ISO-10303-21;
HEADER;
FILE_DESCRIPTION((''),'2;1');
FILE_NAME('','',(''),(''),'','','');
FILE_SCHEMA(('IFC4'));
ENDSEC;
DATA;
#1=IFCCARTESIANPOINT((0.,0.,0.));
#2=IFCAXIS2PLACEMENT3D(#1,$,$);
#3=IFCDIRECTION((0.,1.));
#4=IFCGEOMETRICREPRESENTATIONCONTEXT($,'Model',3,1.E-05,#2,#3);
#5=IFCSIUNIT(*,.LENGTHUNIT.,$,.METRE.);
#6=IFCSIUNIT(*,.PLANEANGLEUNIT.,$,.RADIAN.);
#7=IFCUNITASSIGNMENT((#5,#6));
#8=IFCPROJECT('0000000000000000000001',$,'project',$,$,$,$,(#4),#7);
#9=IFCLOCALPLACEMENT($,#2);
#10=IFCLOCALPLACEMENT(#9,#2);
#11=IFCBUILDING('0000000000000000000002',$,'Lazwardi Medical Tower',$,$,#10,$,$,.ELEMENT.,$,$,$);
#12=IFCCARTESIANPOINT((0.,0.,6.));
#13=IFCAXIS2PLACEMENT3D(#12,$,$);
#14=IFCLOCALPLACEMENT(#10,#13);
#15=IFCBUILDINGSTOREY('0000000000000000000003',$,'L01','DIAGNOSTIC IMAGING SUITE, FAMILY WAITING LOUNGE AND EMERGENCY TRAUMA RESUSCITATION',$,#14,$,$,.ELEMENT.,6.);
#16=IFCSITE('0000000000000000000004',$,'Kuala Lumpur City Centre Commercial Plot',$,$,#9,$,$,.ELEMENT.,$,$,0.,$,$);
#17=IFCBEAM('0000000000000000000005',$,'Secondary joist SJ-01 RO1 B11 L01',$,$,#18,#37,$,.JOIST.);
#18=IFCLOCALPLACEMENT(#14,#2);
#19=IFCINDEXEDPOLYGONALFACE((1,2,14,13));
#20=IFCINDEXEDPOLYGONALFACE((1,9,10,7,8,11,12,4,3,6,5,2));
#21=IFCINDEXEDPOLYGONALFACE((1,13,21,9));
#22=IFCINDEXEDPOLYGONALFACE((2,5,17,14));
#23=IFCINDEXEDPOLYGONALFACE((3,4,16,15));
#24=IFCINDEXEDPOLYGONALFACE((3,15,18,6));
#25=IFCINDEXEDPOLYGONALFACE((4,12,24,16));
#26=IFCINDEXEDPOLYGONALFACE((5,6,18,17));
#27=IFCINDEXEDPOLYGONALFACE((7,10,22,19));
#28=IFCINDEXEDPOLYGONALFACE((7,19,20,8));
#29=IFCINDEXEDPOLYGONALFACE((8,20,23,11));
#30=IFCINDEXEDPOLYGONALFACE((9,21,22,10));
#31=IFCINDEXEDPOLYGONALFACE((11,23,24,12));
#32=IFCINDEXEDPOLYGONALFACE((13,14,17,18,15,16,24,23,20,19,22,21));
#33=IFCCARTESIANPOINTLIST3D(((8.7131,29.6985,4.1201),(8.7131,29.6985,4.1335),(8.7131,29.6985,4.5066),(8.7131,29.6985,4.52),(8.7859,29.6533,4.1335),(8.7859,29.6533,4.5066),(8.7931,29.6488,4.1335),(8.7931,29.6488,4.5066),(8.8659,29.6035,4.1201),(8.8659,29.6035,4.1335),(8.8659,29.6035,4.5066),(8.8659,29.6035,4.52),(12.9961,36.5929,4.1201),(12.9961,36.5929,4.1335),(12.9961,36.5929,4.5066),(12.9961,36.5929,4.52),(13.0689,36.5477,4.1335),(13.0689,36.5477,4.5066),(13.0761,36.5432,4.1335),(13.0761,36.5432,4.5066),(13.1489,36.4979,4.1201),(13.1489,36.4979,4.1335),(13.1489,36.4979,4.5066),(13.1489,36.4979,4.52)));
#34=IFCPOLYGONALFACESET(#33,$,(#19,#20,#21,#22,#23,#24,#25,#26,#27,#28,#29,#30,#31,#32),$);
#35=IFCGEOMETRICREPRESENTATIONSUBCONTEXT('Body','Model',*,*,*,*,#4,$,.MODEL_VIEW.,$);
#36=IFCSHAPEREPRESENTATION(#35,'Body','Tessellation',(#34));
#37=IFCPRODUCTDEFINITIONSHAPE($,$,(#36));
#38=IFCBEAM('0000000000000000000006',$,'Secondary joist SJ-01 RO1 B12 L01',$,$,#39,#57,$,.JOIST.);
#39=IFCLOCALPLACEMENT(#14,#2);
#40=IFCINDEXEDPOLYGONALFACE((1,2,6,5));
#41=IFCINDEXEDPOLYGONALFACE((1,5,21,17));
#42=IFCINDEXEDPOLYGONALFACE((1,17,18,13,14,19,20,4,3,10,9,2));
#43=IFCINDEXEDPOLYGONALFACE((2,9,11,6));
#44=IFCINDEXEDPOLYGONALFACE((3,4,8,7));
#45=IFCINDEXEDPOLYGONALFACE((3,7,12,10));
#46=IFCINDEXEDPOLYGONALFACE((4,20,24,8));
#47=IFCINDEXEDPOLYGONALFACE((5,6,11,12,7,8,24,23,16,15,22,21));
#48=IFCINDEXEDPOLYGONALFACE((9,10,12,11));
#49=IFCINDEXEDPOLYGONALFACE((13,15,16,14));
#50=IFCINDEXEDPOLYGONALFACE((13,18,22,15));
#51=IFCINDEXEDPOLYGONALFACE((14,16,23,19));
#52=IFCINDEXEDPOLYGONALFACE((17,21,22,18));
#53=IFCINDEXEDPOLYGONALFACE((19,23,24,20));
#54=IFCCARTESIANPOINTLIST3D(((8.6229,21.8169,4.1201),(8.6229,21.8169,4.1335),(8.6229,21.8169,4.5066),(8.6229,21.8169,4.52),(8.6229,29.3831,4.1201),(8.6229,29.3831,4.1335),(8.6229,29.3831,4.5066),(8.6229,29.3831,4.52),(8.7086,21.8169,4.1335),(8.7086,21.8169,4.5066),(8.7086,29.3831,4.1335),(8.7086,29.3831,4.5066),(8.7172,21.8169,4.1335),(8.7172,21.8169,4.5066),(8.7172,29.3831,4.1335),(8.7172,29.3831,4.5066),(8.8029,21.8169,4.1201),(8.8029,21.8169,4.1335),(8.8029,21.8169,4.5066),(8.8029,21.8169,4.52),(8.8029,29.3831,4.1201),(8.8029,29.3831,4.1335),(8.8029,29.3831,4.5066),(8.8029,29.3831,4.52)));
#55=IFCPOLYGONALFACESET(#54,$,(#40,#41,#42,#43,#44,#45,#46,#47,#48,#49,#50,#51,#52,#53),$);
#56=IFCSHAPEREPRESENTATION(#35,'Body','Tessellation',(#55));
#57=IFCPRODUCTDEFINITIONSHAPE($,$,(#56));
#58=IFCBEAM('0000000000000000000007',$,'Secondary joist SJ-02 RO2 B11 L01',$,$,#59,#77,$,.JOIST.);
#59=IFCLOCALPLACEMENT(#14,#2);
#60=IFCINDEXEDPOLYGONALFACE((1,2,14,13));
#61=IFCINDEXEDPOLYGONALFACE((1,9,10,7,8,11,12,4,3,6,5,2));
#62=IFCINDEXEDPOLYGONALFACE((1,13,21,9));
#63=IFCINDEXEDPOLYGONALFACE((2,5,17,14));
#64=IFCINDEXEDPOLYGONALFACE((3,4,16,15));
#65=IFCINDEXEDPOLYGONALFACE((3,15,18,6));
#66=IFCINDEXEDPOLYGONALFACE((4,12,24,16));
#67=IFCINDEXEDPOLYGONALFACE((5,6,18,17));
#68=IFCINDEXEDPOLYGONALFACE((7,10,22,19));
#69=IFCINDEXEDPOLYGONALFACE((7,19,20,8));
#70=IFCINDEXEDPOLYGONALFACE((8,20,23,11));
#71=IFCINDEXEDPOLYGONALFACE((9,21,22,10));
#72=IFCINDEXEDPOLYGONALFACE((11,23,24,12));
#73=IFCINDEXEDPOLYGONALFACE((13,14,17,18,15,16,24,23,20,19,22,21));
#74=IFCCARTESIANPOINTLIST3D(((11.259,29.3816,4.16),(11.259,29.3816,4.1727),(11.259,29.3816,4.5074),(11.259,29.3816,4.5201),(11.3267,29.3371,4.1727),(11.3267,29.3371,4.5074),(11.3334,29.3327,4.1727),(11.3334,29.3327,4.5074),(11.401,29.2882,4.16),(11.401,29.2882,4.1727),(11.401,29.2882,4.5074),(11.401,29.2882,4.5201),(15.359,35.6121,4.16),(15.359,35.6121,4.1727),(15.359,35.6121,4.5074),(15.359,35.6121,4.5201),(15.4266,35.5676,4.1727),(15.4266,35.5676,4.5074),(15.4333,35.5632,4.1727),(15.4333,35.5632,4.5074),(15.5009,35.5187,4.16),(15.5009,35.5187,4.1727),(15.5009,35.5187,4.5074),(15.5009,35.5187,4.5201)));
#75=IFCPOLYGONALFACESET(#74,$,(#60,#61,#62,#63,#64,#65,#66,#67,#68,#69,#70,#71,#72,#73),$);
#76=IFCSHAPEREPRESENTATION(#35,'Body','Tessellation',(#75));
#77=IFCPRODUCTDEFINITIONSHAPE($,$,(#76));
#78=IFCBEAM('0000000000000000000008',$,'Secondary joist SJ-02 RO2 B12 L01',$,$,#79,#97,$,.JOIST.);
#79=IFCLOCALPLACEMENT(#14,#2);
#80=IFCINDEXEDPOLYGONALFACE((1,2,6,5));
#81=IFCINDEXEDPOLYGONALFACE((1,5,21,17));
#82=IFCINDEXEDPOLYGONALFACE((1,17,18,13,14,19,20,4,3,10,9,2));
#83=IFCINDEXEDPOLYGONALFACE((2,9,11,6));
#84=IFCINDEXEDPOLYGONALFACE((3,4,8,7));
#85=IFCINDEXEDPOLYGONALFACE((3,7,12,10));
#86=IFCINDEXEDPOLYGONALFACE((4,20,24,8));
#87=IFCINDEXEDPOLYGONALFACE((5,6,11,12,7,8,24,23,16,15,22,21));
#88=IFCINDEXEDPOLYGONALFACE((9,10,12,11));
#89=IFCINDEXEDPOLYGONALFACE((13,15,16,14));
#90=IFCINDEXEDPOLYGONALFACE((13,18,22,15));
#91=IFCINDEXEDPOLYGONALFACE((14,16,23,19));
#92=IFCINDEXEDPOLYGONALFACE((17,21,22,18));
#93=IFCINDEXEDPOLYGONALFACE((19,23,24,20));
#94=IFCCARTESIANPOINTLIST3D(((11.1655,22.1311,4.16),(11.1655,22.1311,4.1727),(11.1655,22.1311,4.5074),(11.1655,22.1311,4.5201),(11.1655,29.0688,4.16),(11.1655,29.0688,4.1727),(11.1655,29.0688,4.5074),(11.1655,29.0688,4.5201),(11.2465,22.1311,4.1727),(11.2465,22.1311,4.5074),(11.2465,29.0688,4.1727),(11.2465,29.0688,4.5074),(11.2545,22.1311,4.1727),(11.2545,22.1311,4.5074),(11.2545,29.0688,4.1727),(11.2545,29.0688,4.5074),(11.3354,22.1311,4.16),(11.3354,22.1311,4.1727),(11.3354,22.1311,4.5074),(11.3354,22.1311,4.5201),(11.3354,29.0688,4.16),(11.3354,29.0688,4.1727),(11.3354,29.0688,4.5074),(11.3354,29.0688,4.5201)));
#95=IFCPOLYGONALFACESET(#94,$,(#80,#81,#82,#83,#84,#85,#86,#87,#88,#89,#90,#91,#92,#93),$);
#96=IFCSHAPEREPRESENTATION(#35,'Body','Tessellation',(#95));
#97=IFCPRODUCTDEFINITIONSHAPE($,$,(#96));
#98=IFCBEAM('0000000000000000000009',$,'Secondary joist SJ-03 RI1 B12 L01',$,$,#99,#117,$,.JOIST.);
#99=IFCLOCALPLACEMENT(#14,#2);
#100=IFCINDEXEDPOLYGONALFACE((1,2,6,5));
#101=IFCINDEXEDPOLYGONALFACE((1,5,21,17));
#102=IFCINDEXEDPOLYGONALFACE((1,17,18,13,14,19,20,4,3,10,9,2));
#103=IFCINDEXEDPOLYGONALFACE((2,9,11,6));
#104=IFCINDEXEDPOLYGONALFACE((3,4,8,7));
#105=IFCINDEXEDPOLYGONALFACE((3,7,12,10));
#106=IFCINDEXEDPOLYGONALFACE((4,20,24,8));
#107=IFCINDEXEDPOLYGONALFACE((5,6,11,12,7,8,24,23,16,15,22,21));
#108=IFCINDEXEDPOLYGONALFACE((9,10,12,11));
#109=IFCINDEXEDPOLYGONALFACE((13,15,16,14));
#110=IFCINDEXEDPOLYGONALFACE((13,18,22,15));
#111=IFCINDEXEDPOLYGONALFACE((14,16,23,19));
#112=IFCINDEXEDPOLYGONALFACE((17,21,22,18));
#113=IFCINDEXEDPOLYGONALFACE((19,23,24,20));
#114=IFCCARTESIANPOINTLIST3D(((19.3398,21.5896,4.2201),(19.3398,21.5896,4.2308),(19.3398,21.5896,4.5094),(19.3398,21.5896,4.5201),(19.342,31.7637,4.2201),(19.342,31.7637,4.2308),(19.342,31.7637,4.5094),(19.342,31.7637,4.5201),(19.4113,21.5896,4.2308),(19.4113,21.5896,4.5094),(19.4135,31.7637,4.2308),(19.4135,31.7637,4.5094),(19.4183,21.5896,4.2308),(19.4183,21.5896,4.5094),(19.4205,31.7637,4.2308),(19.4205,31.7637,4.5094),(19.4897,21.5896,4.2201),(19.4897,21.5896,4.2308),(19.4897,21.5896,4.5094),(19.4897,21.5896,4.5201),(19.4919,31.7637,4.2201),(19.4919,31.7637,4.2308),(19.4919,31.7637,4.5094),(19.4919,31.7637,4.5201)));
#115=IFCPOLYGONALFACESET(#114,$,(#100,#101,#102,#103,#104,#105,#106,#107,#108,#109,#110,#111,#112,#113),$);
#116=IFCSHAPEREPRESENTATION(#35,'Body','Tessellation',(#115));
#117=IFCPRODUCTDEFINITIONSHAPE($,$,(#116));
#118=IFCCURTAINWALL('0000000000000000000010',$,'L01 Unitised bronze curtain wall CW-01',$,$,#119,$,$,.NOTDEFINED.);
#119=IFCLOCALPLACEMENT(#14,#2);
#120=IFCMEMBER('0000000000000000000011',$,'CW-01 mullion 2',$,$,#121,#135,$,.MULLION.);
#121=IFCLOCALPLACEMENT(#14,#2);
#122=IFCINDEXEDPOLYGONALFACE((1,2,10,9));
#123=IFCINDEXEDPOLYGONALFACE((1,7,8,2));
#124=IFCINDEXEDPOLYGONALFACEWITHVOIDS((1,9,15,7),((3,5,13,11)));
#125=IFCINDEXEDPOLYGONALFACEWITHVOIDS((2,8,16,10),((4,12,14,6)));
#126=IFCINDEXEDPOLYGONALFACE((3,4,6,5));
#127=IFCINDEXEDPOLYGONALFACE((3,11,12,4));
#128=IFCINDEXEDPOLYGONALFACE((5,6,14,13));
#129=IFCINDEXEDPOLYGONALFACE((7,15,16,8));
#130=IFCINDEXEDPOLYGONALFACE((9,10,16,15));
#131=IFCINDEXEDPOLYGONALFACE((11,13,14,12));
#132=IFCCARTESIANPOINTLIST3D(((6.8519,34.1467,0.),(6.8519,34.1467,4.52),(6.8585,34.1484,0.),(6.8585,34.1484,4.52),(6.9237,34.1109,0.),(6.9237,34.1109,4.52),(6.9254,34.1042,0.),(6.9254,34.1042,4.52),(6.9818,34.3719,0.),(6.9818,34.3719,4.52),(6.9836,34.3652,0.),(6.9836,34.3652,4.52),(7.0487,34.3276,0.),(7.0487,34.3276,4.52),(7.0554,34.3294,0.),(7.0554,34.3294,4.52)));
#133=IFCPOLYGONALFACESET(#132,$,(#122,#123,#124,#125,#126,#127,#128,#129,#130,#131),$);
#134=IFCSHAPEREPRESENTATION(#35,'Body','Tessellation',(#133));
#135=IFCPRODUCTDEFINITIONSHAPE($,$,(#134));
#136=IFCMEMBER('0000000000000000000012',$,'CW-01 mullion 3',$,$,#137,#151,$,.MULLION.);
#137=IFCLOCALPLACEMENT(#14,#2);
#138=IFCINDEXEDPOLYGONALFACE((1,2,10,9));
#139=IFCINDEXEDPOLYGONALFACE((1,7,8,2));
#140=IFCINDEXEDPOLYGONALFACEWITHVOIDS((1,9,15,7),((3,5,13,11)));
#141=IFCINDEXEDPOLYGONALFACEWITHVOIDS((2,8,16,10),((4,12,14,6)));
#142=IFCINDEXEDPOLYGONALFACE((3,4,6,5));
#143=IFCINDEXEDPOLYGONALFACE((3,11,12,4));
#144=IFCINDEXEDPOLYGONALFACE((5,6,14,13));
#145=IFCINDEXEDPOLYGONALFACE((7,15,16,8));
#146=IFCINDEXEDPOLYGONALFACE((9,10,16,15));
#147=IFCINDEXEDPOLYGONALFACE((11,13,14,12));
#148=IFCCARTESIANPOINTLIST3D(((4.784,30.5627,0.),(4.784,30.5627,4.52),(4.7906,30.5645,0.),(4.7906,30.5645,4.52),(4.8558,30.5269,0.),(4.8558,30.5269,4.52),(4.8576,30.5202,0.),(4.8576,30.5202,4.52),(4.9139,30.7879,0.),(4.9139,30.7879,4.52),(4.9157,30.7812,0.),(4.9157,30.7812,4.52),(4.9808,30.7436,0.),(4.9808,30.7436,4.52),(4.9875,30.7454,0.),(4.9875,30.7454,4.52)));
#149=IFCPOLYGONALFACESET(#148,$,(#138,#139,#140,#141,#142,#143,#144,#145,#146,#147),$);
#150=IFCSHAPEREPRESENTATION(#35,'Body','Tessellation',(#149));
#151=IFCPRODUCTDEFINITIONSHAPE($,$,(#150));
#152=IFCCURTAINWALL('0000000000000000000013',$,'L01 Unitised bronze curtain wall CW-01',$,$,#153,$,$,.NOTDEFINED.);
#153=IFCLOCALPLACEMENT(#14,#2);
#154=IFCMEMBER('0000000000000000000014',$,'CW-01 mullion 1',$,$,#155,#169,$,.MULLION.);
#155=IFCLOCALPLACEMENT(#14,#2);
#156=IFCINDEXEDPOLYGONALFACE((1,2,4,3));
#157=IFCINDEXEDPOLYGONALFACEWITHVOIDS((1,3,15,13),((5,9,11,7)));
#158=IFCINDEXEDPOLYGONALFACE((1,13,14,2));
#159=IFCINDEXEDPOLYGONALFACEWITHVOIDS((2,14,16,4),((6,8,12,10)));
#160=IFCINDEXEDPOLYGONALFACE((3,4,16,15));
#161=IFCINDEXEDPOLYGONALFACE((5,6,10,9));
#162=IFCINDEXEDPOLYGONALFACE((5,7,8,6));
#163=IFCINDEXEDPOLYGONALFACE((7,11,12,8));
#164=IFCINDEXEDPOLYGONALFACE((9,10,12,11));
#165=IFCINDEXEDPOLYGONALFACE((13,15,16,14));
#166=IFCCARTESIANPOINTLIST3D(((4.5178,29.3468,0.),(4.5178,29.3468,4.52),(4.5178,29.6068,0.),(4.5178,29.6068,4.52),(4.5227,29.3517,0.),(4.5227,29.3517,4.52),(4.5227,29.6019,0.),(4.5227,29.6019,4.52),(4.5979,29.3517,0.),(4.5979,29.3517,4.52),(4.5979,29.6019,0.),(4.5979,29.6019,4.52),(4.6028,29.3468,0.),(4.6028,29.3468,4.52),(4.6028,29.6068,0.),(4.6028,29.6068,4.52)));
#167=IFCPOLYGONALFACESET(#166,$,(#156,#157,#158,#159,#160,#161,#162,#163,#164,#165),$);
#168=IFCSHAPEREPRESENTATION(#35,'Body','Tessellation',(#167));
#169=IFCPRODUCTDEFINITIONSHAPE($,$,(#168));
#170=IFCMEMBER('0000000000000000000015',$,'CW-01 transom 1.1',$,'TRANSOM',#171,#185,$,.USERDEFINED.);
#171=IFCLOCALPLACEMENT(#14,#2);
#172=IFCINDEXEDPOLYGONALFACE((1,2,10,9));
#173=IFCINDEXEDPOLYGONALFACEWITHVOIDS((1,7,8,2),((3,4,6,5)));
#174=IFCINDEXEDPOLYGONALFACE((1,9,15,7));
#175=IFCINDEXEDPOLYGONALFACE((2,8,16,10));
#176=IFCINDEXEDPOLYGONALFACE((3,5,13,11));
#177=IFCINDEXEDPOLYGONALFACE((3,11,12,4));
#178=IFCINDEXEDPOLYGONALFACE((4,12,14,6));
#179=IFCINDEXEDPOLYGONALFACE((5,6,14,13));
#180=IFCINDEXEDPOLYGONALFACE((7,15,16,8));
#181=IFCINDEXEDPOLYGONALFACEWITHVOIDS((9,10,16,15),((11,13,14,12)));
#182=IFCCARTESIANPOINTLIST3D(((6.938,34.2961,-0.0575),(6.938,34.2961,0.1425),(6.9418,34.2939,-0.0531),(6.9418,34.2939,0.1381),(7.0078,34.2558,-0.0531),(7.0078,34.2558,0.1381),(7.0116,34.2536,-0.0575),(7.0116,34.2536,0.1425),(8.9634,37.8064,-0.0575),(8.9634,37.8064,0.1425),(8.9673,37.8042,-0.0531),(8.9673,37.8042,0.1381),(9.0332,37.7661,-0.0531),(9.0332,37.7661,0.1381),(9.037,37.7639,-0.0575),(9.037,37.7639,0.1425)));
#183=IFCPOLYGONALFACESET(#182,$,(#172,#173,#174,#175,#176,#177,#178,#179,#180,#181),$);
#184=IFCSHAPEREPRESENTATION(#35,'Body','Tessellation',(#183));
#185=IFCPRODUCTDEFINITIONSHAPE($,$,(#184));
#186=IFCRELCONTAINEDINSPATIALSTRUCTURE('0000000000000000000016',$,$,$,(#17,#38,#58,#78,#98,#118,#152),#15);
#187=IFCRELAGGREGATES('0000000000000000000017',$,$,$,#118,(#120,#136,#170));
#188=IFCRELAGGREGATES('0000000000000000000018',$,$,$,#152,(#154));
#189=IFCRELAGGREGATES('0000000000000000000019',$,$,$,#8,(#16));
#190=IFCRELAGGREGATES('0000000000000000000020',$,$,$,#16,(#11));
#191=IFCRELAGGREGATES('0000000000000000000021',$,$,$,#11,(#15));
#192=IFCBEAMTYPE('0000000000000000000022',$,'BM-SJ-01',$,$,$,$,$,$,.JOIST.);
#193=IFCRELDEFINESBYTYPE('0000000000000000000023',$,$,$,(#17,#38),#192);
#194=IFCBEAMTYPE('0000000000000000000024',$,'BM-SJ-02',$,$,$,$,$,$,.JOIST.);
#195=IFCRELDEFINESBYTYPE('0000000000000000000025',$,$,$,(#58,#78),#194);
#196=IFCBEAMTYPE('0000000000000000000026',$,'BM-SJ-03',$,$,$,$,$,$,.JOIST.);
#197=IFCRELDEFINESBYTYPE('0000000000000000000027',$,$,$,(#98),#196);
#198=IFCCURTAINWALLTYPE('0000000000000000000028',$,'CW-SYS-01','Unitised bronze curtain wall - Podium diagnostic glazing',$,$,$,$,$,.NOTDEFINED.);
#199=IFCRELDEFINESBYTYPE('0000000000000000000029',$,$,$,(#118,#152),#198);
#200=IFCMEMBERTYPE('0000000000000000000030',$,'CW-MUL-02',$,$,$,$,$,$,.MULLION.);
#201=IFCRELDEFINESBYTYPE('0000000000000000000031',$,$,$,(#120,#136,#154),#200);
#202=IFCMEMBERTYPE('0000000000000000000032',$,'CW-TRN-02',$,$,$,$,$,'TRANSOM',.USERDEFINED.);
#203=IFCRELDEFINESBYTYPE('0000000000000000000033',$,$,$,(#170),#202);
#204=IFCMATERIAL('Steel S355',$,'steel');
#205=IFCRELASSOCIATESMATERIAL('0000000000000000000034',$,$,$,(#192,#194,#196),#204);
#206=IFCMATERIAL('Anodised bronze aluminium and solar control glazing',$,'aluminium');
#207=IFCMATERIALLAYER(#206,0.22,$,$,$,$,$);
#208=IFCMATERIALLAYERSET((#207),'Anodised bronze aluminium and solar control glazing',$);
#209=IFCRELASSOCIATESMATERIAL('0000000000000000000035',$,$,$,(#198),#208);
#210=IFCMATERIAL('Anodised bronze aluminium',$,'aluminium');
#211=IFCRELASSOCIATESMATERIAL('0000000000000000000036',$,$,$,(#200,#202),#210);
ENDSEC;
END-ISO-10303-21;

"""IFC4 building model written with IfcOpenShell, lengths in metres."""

from ifc_helpers import new_model, si_unit, direction, frame, origin, origin_2d, place, context, subcontext, project, spatial, hollow_rectangle, i_section, extrude, material, layer, layer_set, material_profile, profile_set, type_object, element, aggregate, save


model = new_model("IFC4")

# Units and contexts
model_context = context("Model", 3, precision=1e-05, world=origin(), true_north=direction((0.0, 1.0)))
body_context = subcontext(model_context, "Body", "Model", "MODEL_VIEW")
ifc_project = project(units=[si_unit("LENGTHUNIT", "METRE"), si_unit("PLANEANGLEUNIT", "RADIAN")], contexts=[model_context])

# Site, building, storey
site_placement = place(None, origin())
site = spatial("IfcSite", under=ifc_project, at=site_placement, Name="Kuala Lumpur City Centre Commercial Plot", CompositionType="ELEMENT", RefElevation=0.0)
building_placement = place(site_placement, origin())
building = spatial("IfcBuilding", under=site, at=building_placement, Name="Lazwardi Medical Tower", CompositionType="ELEMENT")
storey_placement = place(building_placement, frame((0.0, 0.0, 6.0)))
storey = spatial("IfcBuildingStorey", under=building, at=storey_placement, Name="L01", Description="DIAGNOSTIC IMAGING SUITE, FAMILY WAITING LOUNGE AND EMERGENCY TRAUMA RESUSCITATION", CompositionType="ELEMENT", Elevation=6.0)

# Beams
ifc_material_1 = material(Name="Steel S355", Category="steel")
ifc_material_profile_1 = material_profile(ifc_material_1, i_section(OverallWidth=0.1799, OverallDepth=0.3999, WebThickness=0.0085, FlangeThickness=0.0134, at=origin_2d()), Name="IPE 400")
ifc_profile_set_1 = profile_set([ifc_material_profile_1], Name="Steel S355")
beam_type_1 = type_object("IfcBeamType", Name="BM-SJ-01", PredefinedType="JOIST", material=ifc_profile_set_1)
beam_1_placement = place(storey_placement, frame((13.0725, 36.5454, 4.3201), z_axis=(-0.527696, -0.849433, 0.0), x_axis=(0.849433, -0.527696, 0.0)))
element("IfcBeam", 1, at=beam_1_placement, inside=storey, type_object=beam_type_1, Name="Secondary joist SJ-01 RO1 B11 L01", PredefinedType="JOIST", context=body_context, shape_type="SweptSolid", body=[
    extrude(i_section(OverallWidth=0.1799, OverallDepth=0.3999, WebThickness=0.0085, FlangeThickness=0.0134, at=origin_2d()), origin(), (0.0, 0.0, 1.0), 8.1165),
])
beam_2_placement = place(storey_placement, frame((8.7129, 29.3831, 4.3201), z_axis=(0.0, -1.0, 0.0), x_axis=(1.0, 0.0, 0.0)))
element("IfcBeam", 2, at=beam_2_placement, inside=storey, type_object=beam_type_1, Name="Secondary joist SJ-01 RO1 B12 L01", PredefinedType="JOIST", context=body_context, shape_type="SweptSolid", body=[
    extrude(i_section(OverallWidth=0.1799, OverallDepth=0.3999, WebThickness=0.0085, FlangeThickness=0.0134, at=origin_2d()), origin(), (0.0, 0.0, 1.0), 7.5662),
])
ifc_material_profile_2 = material_profile(ifc_material_1, i_section(OverallWidth=0.1699, OverallDepth=0.3601, WebThickness=0.0081, FlangeThickness=0.0127, at=origin_2d()), Name="IPE 360")
ifc_profile_set_2 = profile_set([ifc_material_profile_2], Name="Steel S355")
beam_type_2 = type_object("IfcBeamType", Name="BM-SJ-02", PredefinedType="JOIST", material=ifc_profile_set_2)
beam_3_placement = place(storey_placement, frame((15.4299, 35.5654, 4.3401), z_axis=(-0.549697, -0.835364, 0.0), x_axis=(0.835364, -0.549697, 0.0)))
element("IfcBeam", 3, at=beam_3_placement, inside=storey, type_object=beam_type_2, Name="Secondary joist SJ-02 RO2 B11 L01", PredefinedType="JOIST", context=body_context, shape_type="SweptSolid", body=[
    extrude(i_section(OverallWidth=0.1699, OverallDepth=0.3601, WebThickness=0.0081, FlangeThickness=0.0127, at=origin_2d()), origin(), (0.0, 0.0, 1.0), 7.4585),
])
beam_4_placement = place(storey_placement, frame((11.2505, 29.0688, 4.3401), z_axis=(0.0, -1.0, 0.0), x_axis=(1.0, 0.0, 0.0)))
element("IfcBeam", 4, at=beam_4_placement, inside=storey, type_object=beam_type_2, Name="Secondary joist SJ-02 RO2 B12 L01", PredefinedType="JOIST", context=body_context, shape_type="SweptSolid", body=[
    extrude(i_section(OverallWidth=0.1699, OverallDepth=0.3601, WebThickness=0.0081, FlangeThickness=0.0127, at=origin_2d()), origin(), (0.0, 0.0, 1.0), 6.9377),
])
ifc_material_profile_3 = material_profile(ifc_material_1, i_section(OverallWidth=0.1499, OverallDepth=0.3, WebThickness=0.0071, FlangeThickness=0.0107, at=origin_2d()), Name="IPE 300")
ifc_profile_set_3 = profile_set([ifc_material_profile_3], Name="Steel S355")
beam_type_3 = type_object("IfcBeamType", Name="BM-SJ-03", PredefinedType="JOIST", material=ifc_profile_set_3)
beam_5_placement = place(storey_placement, frame((19.417, 31.7637, 4.3701), z_axis=(-0.000216, -1.0, 0.0), x_axis=(1.0, -0.000216, 0.0)))
element("IfcBeam", 5, at=beam_5_placement, inside=storey, type_object=beam_type_3, Name="Secondary joist SJ-03 RI1 B12 L01", PredefinedType="JOIST", context=body_context, shape_type="SweptSolid", body=[
    extrude(i_section(OverallWidth=0.1499, OverallDepth=0.3, WebThickness=0.0071, FlangeThickness=0.0107, at=origin_2d()), origin(), (0.0, 0.0, 1.0), 10.1741),
])

# Curtain wall, members
ifc_material_2 = material(Name="Anodised bronze aluminium and solar control glazing", Category="aluminium")
ifc_layer_1 = layer(ifc_material_2, 0.22)
ifc_layer_set_1 = layer_set([ifc_layer_1], Name="Anodised bronze aluminium and solar control glazing")
curtain_wall_type = type_object("IfcCurtainWallType", Name="CW-SYS-01", Description="Unitised bronze curtain wall - Podium diagnostic glazing", PredefinedType="NOTDEFINED", material=ifc_layer_set_1)
curtain_wall_1_placement = place(storey_placement, origin())
curtain_wall_1 = element("IfcCurtainWall", 6, at=curtain_wall_1_placement, inside=storey, type_object=curtain_wall_type, Name="L01 Unitised bronze curtain wall CW-01", PredefinedType="NOTDEFINED")
ifc_material_3 = material(Name="Anodised bronze aluminium", Category="aluminium")
ifc_material_profile_4 = material_profile(ifc_material_3, hollow_rectangle(XDim=0.085, YDim=0.26, WallThickness=0.0049, at=origin_2d()), Name="ALU-MULLION 260x85x5")
ifc_profile_set_4 = profile_set([ifc_material_profile_4], Name="Anodised bronze aluminium")
member_type_1 = type_object("IfcMemberType", Name="CW-MUL-02", PredefinedType="MULLION", material=ifc_profile_set_4)
member_1_placement = place(storey_placement, frame((6.9536, 34.238, 0.0), z_axis=(0.0, 0.0, 1.0), x_axis=(0.866181, -0.499731, 0.0)))
member_1 = element("IfcMember", 7, at=member_1_placement, type_object=member_type_1, Name="CW-01 mullion 2", PredefinedType="MULLION", context=body_context, shape_type="SweptSolid", body=[
    extrude(hollow_rectangle(XDim=0.085, YDim=0.26, WallThickness=0.0049, at=origin_2d()), origin(), (0.0, 0.0, 1.0), 4.52),
])
member_2_placement = place(storey_placement, frame((4.8857, 30.6541, 0.0), z_axis=(0.0, 0.0, 1.0), x_axis=(0.866181, -0.499731, 0.0)))
member_2 = element("IfcMember", 8, at=member_2_placement, type_object=member_type_1, Name="CW-01 mullion 3", PredefinedType="MULLION", context=body_context, shape_type="SweptSolid", body=[
    extrude(hollow_rectangle(XDim=0.085, YDim=0.26, WallThickness=0.0049, at=origin_2d()), origin(), (0.0, 0.0, 1.0), 4.52),
])

# Curtain wall, member
curtain_wall_2_placement = place(storey_placement, origin())
curtain_wall_2 = element("IfcCurtainWall", 9, at=curtain_wall_2_placement, inside=storey, type_object=curtain_wall_type, Name="L01 Unitised bronze curtain wall CW-01", PredefinedType="NOTDEFINED")
member_3_placement = place(storey_placement, frame((4.5603, 29.4768, 0.0), z_axis=(0.0, 0.0, 1.0), x_axis=(1.0, 0.0, 0.0)))
member_3 = element("IfcMember", 10, at=member_3_placement, type_object=member_type_1, Name="CW-01 mullion 1", PredefinedType="MULLION", context=body_context, shape_type="SweptSolid", body=[
    extrude(hollow_rectangle(XDim=0.085, YDim=0.26, WallThickness=0.0049, at=origin_2d()), origin(), (0.0, 0.0, 1.0), 4.52),
])

# Member
ifc_material_profile_5 = material_profile(ifc_material_3, hollow_rectangle(XDim=0.085, YDim=0.2, WallThickness=0.0044, at=origin_2d()), Name="ALU-TRANSOM 200x85x4.5")
ifc_profile_set_5 = profile_set([ifc_material_profile_5], Name="Anodised bronze aluminium")
member_type_2 = type_object("IfcMemberType", Name="CW-TRN-02", ElementType="TRANSOM", PredefinedType="USERDEFINED", material=ifc_profile_set_5)
member_4_placement = place(storey_placement, frame((9.0002, 37.7852, 0.0425), z_axis=(-0.499768, -0.86616, 0.0), x_axis=(0.86616, -0.499768, 0.0)))
member_4 = element("IfcMember", 11, at=member_4_placement, type_object=member_type_2, Name="CW-01 transom 1.1", ObjectType="TRANSOM", PredefinedType="USERDEFINED", context=body_context, shape_type="SweptSolid", body=[
    extrude(hollow_rectangle(XDim=0.085, YDim=0.2, WallThickness=0.0044, at=origin_2d()), origin(), (0.0, 0.0, 1.0), 4.0527),
])

aggregate(curtain_wall_1, [member_1, member_2, member_4])
aggregate(curtain_wall_2, [member_3])

save(model, "model.ifc")
